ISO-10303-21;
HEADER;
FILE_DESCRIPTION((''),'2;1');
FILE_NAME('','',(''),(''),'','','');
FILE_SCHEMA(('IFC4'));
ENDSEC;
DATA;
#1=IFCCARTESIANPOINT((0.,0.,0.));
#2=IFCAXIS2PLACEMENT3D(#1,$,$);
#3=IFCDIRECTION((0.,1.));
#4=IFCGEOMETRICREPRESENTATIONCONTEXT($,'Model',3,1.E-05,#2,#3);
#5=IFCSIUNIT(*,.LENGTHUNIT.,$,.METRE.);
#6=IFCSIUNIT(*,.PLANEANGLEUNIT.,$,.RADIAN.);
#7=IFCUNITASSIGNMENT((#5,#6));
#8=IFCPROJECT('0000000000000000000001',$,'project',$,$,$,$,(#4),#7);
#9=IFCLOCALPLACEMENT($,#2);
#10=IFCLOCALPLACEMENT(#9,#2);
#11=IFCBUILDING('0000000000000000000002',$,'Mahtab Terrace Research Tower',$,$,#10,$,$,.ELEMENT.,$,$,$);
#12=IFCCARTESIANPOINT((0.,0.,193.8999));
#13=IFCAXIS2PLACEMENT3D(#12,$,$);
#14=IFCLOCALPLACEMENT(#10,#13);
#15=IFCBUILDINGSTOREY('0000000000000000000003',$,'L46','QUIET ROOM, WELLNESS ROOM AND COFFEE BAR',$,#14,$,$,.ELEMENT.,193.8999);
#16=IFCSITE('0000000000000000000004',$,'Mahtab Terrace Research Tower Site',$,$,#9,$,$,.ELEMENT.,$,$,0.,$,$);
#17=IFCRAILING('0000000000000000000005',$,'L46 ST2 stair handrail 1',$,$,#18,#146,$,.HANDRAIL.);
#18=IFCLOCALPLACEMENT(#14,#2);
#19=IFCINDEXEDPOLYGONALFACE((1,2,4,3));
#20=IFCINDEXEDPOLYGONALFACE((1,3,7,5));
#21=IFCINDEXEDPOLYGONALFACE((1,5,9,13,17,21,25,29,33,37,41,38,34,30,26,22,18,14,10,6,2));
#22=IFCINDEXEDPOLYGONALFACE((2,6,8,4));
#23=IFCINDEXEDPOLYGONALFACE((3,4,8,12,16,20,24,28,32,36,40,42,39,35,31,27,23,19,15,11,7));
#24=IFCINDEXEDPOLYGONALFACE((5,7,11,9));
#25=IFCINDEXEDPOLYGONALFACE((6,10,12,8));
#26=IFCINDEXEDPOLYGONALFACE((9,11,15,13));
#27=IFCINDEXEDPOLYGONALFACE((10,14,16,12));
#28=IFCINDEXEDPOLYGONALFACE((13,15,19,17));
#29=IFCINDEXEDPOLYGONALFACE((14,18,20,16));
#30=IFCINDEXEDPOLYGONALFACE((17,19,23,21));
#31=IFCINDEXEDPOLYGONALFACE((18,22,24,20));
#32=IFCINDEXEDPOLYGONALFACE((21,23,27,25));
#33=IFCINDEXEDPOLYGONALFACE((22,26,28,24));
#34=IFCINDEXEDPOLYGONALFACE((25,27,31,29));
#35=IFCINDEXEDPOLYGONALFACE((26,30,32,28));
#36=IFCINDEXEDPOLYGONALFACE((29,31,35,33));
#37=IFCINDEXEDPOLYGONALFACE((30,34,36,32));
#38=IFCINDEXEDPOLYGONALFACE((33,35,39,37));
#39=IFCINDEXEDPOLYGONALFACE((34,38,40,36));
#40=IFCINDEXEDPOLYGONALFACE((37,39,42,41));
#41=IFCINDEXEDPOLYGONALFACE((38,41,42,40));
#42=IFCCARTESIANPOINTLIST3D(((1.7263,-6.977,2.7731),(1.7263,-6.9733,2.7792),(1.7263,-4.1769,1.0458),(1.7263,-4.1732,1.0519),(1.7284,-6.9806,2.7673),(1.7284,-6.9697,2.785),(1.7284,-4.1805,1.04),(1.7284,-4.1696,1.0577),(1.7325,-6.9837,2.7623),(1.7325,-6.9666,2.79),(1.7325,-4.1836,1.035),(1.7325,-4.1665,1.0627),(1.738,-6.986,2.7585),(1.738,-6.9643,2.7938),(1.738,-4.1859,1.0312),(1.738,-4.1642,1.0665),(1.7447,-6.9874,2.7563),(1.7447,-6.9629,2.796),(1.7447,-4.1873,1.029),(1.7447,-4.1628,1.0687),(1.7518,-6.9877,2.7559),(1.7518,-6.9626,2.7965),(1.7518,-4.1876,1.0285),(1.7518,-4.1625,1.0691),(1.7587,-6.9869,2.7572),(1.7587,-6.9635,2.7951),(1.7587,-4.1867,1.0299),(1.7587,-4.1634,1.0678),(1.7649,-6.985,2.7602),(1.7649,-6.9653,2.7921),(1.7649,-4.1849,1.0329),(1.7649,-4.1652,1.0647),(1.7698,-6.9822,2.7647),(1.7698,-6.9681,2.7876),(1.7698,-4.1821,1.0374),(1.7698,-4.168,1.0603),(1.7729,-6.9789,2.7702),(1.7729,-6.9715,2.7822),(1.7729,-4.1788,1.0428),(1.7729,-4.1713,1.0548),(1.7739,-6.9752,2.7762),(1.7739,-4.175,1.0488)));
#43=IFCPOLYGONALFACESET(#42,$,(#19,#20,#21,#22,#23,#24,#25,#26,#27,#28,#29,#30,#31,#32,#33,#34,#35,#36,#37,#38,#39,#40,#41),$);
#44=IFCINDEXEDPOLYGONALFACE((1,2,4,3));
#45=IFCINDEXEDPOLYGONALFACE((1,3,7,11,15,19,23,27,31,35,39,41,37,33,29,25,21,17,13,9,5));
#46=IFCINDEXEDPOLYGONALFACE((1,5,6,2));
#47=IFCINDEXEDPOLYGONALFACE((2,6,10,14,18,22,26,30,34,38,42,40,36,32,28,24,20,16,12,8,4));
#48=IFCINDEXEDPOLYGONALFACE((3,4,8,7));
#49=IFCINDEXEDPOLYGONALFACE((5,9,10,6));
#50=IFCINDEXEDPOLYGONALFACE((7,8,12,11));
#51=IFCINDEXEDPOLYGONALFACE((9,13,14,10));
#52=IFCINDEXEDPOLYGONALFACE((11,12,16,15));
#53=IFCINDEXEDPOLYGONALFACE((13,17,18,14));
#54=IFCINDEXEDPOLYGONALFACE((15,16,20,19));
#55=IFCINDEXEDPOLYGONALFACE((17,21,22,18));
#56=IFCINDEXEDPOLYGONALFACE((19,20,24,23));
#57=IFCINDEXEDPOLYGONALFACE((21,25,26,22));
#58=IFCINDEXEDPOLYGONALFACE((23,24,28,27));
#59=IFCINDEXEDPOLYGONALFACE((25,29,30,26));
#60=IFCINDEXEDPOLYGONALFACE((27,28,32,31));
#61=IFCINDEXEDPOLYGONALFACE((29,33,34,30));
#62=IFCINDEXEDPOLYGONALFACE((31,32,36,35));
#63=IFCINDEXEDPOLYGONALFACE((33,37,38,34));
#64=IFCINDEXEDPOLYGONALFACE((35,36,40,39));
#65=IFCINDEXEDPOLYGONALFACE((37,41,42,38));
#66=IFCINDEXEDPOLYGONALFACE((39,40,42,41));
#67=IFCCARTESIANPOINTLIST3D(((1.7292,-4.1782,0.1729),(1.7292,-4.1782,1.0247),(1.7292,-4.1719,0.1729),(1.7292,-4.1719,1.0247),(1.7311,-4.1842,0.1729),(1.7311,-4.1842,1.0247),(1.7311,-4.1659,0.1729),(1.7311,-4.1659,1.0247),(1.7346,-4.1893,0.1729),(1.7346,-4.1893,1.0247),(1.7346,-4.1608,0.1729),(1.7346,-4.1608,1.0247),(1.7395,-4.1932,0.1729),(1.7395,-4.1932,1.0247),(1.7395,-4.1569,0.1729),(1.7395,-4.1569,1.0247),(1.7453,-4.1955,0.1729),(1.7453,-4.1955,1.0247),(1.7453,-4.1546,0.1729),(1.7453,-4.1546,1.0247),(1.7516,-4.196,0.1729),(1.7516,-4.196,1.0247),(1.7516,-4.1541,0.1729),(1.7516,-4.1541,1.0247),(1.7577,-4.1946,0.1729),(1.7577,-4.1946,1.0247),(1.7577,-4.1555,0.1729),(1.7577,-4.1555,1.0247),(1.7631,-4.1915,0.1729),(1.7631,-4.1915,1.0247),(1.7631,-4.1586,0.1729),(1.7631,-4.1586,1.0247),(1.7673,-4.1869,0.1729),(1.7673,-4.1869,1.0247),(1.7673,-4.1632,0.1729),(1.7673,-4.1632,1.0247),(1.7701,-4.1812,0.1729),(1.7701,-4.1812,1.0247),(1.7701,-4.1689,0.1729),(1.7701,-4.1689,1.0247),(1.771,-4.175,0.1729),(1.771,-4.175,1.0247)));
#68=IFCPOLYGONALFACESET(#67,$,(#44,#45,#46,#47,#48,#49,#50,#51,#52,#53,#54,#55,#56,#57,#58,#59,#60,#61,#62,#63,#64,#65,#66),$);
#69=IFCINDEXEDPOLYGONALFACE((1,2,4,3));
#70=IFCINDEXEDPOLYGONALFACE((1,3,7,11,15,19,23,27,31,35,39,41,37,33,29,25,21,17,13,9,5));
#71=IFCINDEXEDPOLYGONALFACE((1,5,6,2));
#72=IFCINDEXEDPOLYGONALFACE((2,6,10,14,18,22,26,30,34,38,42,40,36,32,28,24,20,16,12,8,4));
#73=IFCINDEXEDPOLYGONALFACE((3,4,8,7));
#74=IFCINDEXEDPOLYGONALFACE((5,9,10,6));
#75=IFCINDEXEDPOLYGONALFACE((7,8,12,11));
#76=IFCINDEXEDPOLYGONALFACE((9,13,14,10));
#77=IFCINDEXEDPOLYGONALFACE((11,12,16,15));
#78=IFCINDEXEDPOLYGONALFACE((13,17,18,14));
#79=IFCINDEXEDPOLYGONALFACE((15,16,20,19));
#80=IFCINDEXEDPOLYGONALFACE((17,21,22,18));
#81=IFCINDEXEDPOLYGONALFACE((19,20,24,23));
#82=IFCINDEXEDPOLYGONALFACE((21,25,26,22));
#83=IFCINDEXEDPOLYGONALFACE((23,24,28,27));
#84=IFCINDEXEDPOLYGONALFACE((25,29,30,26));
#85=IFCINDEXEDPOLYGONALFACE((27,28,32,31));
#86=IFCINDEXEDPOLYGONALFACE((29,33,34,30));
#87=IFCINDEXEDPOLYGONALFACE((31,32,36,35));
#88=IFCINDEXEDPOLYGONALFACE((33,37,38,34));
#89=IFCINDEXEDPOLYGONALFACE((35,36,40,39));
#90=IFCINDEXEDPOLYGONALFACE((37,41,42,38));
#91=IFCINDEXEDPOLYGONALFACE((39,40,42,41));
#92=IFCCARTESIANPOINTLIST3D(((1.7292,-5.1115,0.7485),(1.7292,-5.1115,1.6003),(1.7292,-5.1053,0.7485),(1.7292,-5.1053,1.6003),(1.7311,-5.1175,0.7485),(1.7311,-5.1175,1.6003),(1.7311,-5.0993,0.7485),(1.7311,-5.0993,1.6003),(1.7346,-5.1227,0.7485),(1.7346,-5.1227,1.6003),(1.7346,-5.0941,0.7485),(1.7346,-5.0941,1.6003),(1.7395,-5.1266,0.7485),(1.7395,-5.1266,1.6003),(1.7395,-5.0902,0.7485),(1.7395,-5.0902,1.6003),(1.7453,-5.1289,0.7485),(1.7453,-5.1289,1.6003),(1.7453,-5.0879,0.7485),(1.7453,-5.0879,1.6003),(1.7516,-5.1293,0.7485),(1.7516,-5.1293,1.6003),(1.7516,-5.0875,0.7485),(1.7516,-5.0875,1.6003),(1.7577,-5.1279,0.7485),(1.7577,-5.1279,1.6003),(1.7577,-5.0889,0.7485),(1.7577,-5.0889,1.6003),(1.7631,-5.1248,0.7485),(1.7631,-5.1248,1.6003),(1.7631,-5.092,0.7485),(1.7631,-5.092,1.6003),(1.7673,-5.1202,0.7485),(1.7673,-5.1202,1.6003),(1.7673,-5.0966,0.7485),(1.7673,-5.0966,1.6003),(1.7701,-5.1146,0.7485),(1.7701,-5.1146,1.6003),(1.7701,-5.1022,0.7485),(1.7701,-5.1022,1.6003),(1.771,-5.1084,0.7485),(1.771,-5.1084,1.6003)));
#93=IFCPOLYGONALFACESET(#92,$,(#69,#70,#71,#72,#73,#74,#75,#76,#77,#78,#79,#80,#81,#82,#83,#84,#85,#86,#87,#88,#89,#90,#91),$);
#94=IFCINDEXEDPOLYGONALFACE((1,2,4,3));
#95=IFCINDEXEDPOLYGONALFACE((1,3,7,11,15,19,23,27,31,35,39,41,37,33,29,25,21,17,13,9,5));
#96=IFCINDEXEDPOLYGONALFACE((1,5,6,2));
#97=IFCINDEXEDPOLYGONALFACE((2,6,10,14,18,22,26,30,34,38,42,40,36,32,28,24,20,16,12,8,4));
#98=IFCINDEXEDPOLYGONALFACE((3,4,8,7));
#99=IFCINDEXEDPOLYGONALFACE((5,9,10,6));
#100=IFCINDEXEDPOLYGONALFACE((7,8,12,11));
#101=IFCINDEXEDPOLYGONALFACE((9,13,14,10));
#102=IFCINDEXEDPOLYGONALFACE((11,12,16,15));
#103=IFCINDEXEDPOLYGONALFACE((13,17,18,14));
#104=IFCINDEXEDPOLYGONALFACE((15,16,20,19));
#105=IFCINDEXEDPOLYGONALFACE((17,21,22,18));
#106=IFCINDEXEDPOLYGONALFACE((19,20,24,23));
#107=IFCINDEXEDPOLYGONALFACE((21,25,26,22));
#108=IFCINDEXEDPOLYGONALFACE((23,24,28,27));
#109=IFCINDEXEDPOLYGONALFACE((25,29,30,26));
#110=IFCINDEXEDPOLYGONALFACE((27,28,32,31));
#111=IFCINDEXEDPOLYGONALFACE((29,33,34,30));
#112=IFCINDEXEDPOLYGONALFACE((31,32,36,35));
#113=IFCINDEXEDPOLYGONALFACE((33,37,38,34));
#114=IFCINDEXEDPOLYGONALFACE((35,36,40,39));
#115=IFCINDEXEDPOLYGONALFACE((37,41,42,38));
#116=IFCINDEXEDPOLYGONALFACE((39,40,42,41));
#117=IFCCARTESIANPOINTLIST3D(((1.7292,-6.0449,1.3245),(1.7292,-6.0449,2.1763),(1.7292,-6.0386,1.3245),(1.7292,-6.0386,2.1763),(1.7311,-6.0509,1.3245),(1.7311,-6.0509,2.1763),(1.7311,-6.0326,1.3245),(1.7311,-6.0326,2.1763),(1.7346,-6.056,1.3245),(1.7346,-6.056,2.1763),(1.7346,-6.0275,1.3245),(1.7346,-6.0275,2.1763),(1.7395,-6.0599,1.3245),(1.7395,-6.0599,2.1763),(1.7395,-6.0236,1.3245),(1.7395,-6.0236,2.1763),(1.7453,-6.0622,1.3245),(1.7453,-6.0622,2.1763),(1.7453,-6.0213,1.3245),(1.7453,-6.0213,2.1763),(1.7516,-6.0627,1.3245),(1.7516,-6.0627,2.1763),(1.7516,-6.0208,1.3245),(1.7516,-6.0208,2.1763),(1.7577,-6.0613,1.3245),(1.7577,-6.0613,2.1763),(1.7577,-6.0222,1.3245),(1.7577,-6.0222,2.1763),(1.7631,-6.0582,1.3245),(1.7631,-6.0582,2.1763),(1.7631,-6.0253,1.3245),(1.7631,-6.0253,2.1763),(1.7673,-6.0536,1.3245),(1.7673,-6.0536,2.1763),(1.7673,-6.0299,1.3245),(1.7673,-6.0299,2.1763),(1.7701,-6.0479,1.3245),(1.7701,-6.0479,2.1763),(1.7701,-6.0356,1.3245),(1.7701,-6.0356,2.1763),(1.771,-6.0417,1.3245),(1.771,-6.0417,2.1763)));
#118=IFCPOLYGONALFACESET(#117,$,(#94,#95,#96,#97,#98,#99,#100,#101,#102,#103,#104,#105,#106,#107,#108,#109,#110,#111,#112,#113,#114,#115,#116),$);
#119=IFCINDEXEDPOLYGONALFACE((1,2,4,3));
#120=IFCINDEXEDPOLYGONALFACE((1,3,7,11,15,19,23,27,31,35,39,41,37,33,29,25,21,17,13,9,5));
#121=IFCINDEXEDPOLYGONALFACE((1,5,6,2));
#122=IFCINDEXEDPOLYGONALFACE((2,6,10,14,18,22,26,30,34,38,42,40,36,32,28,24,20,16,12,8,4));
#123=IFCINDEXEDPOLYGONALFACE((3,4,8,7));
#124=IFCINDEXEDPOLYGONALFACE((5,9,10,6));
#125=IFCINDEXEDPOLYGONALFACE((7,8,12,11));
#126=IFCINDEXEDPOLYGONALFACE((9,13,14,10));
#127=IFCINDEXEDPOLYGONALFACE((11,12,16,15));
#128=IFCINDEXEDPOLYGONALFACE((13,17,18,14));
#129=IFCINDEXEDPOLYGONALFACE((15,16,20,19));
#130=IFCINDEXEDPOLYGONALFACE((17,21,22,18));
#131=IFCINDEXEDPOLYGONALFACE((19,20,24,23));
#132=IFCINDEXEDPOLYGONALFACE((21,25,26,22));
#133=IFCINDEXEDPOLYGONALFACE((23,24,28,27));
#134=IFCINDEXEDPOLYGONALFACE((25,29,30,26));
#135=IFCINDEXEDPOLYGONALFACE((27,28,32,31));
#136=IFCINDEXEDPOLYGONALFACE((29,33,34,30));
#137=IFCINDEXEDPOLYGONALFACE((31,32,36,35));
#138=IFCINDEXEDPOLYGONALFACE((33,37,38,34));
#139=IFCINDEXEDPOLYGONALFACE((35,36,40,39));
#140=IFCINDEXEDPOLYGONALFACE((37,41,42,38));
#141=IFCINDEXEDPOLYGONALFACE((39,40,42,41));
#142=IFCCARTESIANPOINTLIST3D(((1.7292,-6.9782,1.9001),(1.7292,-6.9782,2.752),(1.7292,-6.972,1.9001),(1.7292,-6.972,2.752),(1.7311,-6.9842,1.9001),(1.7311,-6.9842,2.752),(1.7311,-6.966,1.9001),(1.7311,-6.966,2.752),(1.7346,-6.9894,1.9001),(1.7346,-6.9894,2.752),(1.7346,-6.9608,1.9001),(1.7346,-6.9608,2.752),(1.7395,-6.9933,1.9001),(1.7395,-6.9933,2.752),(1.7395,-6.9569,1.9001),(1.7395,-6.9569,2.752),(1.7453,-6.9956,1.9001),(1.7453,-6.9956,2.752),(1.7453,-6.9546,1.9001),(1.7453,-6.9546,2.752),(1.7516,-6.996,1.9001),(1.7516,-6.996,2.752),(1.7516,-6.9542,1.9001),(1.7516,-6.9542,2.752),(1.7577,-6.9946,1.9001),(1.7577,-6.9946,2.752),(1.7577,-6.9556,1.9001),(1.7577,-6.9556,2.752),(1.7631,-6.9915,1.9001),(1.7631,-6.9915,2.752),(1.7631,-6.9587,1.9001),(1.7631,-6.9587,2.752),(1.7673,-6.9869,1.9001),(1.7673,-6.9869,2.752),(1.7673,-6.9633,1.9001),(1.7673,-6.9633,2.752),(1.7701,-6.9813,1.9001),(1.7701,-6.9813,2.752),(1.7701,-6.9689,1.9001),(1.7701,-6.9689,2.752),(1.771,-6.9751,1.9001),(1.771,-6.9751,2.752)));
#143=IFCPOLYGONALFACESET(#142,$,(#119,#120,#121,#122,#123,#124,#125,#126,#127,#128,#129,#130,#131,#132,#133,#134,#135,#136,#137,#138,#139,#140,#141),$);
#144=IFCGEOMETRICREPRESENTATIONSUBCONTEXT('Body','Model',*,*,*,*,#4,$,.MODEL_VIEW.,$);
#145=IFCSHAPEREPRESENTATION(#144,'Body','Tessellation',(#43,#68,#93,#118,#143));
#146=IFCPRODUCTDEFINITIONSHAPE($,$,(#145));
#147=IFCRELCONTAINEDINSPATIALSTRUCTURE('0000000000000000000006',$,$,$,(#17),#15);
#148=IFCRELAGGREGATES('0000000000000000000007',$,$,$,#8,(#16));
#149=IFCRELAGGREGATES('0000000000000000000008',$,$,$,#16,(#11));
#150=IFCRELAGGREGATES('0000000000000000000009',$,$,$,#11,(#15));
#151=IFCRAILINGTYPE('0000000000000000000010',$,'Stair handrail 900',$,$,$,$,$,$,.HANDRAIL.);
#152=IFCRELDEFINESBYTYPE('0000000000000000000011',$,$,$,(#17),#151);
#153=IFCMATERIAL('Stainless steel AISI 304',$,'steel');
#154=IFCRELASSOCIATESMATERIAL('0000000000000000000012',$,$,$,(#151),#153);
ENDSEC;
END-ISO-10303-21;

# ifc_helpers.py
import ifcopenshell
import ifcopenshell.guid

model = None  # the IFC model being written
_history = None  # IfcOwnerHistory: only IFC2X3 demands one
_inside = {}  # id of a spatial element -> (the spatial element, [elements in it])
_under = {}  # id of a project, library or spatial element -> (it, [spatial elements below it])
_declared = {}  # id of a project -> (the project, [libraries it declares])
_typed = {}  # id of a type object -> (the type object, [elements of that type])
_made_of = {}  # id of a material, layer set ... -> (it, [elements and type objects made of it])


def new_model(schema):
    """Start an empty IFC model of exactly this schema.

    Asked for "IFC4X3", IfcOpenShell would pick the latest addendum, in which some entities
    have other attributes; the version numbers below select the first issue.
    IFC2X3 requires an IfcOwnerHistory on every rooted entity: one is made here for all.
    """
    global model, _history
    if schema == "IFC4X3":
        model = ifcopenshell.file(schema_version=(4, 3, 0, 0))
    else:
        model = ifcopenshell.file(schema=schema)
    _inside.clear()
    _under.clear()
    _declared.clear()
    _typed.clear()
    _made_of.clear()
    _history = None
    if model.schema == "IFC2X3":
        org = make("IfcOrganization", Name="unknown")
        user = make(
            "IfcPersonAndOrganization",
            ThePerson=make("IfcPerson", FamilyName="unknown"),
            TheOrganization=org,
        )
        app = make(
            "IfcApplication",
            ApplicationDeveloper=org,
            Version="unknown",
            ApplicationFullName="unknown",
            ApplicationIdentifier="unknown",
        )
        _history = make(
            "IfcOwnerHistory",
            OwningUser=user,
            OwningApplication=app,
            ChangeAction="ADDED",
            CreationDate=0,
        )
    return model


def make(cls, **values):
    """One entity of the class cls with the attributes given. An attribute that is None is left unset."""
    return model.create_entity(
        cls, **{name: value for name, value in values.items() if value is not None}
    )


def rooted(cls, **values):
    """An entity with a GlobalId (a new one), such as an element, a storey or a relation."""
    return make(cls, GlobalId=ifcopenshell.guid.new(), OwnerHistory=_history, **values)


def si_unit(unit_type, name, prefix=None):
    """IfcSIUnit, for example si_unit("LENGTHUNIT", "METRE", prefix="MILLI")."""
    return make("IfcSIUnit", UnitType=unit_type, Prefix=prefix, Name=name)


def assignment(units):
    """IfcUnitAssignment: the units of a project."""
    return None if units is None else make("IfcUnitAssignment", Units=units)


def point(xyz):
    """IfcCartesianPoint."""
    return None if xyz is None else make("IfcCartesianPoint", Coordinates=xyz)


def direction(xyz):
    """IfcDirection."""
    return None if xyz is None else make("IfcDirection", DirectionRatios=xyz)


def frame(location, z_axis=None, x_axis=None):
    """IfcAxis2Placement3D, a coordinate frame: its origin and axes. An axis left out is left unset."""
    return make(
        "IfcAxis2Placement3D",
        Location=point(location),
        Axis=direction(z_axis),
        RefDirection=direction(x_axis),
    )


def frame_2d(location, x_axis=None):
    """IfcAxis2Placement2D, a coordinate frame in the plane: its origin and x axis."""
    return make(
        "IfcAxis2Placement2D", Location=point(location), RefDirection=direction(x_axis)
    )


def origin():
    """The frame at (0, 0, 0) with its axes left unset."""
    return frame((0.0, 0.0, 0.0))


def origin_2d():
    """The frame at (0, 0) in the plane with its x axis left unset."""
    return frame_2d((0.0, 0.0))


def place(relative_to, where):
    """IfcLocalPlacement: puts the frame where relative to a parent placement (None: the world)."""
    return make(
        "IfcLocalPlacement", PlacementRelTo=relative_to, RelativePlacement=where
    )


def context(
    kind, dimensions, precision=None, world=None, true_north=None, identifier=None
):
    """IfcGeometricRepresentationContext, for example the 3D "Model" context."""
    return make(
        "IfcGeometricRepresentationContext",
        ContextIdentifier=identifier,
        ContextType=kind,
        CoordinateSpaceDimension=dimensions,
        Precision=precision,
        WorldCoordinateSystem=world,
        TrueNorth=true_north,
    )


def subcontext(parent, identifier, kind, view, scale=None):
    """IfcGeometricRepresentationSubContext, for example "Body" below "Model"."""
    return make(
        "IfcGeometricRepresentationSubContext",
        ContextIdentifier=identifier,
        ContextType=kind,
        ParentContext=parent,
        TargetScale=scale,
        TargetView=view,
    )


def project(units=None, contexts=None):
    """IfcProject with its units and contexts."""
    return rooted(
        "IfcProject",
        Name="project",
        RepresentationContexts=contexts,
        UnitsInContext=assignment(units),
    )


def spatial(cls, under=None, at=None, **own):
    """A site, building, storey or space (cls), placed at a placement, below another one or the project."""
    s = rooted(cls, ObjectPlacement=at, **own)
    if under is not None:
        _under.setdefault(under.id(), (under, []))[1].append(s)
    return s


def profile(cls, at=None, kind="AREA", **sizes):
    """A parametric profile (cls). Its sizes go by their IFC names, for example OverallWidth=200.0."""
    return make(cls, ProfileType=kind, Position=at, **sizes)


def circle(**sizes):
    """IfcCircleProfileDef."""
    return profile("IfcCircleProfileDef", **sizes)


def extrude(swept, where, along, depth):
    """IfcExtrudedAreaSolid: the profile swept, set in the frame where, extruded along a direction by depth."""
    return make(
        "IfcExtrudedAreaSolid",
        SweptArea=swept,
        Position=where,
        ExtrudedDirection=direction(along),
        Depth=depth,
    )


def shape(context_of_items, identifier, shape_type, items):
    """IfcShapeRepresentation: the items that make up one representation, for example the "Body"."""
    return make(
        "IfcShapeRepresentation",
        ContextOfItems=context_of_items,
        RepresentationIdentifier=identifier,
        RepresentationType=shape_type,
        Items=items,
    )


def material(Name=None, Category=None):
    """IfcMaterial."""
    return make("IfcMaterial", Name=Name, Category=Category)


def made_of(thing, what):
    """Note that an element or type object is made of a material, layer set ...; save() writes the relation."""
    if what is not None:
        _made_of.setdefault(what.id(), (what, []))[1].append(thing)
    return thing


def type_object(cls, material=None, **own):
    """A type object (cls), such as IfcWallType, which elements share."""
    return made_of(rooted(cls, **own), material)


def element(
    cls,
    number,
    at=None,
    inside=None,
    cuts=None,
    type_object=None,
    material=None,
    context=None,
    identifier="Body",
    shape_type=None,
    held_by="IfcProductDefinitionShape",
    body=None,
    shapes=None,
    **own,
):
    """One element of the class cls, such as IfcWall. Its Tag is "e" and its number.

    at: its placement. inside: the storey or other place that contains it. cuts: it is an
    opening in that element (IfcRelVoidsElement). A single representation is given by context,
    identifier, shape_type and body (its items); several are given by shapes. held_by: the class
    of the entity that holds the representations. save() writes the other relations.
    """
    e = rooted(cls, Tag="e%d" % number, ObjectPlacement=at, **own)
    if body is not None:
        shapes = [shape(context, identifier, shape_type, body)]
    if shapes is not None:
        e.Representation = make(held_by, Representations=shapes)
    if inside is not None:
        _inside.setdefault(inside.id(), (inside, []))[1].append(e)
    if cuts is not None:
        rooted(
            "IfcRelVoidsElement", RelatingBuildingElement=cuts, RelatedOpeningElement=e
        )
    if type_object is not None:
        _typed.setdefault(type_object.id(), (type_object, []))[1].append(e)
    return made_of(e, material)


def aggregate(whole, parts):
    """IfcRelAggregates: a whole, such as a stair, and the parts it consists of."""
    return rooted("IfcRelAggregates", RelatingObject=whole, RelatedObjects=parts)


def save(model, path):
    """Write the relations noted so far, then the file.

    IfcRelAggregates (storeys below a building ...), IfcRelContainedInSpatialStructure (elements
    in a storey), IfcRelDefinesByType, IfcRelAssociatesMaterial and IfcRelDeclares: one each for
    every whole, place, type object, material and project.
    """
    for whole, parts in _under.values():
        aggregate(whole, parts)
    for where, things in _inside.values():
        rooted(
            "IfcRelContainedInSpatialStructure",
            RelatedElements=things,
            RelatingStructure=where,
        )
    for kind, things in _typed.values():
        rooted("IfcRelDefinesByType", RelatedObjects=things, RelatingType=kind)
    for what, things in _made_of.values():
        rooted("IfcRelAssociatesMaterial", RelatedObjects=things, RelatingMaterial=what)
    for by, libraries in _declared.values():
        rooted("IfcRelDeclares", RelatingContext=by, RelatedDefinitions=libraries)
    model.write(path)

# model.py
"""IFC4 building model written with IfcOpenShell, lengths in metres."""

from ifc_helpers import new_model, si_unit, direction, frame, origin, origin_2d, place, context, subcontext, project, spatial, circle, extrude, material, type_object, element, save


model = new_model("IFC4")

# Units and contexts
model_context = context("Model", 3, precision=1e-05, world=origin(), true_north=direction((0.0, 1.0)))
body_context = subcontext(model_context, "Body", "Model", "MODEL_VIEW")
ifc_project = project(units=[si_unit("LENGTHUNIT", "METRE"), si_unit("PLANEANGLEUNIT", "RADIAN")], contexts=[model_context])

# Site, building, storey
site_placement = place(None, origin())
site = spatial("IfcSite", under=ifc_project, at=site_placement, Name="Mahtab Terrace Research Tower Site", CompositionType="ELEMENT", RefElevation=0.0)
building_placement = place(site_placement, origin())
building = spatial("IfcBuilding", under=site, at=building_placement, Name="Mahtab Terrace Research Tower", CompositionType="ELEMENT")
storey_placement = place(building_placement, frame((0.0, 0.0, 193.8999)))
storey = spatial("IfcBuildingStorey", under=building, at=storey_placement, Name="L46", Description="QUIET ROOM, WELLNESS ROOM AND COFFEE BAR", CompositionType="ELEMENT", Elevation=193.8999)

# Railing
ifc_material_1 = material(Name="Stainless steel AISI 304", Category="steel")
railing_type_1 = type_object("IfcRailingType", Name="Stair handrail 900", PredefinedType="HANDRAIL", material=ifc_material_1)
railing_1_placement = place(storey_placement, frame((1.75, -4.175, 0.1729)))
element("IfcRailing", 1, at=railing_1_placement, inside=storey, type_object=railing_type_1, Name="L46 ST2 stair handrail 1", PredefinedType="HANDRAIL", context=body_context, shape_type="SweptSolid", body=[
    extrude(circle(Radius=0.0239, at=origin_2d()), frame((0.0, 0.0, 0.876), z_axis=(0.0, -0.85109, 0.52502), x_axis=(1.0, 0.0, 0.0)), (0.0, 0.0, 1.0), 3.29),
    extrude(circle(Radius=0.021, at=origin_2d()), origin(), (0.0, 0.0, 1.0), 0.8518),
    extrude(circle(Radius=0.021, at=origin_2d()), frame((0.0, -0.9333, 0.5757)), (0.0, 0.0, 1.0), 0.8518),
    extrude(circle(Radius=0.021, at=origin_2d()), frame((0.0, -1.8667, 1.1516)), (0.0, 0.0, 1.0), 0.8518),
    extrude(circle(Radius=0.021, at=origin_2d()), frame((0.0, -2.8, 1.7273)), (0.0, 0.0, 1.0), 0.8518),
])

save(model, "model.ifc")
